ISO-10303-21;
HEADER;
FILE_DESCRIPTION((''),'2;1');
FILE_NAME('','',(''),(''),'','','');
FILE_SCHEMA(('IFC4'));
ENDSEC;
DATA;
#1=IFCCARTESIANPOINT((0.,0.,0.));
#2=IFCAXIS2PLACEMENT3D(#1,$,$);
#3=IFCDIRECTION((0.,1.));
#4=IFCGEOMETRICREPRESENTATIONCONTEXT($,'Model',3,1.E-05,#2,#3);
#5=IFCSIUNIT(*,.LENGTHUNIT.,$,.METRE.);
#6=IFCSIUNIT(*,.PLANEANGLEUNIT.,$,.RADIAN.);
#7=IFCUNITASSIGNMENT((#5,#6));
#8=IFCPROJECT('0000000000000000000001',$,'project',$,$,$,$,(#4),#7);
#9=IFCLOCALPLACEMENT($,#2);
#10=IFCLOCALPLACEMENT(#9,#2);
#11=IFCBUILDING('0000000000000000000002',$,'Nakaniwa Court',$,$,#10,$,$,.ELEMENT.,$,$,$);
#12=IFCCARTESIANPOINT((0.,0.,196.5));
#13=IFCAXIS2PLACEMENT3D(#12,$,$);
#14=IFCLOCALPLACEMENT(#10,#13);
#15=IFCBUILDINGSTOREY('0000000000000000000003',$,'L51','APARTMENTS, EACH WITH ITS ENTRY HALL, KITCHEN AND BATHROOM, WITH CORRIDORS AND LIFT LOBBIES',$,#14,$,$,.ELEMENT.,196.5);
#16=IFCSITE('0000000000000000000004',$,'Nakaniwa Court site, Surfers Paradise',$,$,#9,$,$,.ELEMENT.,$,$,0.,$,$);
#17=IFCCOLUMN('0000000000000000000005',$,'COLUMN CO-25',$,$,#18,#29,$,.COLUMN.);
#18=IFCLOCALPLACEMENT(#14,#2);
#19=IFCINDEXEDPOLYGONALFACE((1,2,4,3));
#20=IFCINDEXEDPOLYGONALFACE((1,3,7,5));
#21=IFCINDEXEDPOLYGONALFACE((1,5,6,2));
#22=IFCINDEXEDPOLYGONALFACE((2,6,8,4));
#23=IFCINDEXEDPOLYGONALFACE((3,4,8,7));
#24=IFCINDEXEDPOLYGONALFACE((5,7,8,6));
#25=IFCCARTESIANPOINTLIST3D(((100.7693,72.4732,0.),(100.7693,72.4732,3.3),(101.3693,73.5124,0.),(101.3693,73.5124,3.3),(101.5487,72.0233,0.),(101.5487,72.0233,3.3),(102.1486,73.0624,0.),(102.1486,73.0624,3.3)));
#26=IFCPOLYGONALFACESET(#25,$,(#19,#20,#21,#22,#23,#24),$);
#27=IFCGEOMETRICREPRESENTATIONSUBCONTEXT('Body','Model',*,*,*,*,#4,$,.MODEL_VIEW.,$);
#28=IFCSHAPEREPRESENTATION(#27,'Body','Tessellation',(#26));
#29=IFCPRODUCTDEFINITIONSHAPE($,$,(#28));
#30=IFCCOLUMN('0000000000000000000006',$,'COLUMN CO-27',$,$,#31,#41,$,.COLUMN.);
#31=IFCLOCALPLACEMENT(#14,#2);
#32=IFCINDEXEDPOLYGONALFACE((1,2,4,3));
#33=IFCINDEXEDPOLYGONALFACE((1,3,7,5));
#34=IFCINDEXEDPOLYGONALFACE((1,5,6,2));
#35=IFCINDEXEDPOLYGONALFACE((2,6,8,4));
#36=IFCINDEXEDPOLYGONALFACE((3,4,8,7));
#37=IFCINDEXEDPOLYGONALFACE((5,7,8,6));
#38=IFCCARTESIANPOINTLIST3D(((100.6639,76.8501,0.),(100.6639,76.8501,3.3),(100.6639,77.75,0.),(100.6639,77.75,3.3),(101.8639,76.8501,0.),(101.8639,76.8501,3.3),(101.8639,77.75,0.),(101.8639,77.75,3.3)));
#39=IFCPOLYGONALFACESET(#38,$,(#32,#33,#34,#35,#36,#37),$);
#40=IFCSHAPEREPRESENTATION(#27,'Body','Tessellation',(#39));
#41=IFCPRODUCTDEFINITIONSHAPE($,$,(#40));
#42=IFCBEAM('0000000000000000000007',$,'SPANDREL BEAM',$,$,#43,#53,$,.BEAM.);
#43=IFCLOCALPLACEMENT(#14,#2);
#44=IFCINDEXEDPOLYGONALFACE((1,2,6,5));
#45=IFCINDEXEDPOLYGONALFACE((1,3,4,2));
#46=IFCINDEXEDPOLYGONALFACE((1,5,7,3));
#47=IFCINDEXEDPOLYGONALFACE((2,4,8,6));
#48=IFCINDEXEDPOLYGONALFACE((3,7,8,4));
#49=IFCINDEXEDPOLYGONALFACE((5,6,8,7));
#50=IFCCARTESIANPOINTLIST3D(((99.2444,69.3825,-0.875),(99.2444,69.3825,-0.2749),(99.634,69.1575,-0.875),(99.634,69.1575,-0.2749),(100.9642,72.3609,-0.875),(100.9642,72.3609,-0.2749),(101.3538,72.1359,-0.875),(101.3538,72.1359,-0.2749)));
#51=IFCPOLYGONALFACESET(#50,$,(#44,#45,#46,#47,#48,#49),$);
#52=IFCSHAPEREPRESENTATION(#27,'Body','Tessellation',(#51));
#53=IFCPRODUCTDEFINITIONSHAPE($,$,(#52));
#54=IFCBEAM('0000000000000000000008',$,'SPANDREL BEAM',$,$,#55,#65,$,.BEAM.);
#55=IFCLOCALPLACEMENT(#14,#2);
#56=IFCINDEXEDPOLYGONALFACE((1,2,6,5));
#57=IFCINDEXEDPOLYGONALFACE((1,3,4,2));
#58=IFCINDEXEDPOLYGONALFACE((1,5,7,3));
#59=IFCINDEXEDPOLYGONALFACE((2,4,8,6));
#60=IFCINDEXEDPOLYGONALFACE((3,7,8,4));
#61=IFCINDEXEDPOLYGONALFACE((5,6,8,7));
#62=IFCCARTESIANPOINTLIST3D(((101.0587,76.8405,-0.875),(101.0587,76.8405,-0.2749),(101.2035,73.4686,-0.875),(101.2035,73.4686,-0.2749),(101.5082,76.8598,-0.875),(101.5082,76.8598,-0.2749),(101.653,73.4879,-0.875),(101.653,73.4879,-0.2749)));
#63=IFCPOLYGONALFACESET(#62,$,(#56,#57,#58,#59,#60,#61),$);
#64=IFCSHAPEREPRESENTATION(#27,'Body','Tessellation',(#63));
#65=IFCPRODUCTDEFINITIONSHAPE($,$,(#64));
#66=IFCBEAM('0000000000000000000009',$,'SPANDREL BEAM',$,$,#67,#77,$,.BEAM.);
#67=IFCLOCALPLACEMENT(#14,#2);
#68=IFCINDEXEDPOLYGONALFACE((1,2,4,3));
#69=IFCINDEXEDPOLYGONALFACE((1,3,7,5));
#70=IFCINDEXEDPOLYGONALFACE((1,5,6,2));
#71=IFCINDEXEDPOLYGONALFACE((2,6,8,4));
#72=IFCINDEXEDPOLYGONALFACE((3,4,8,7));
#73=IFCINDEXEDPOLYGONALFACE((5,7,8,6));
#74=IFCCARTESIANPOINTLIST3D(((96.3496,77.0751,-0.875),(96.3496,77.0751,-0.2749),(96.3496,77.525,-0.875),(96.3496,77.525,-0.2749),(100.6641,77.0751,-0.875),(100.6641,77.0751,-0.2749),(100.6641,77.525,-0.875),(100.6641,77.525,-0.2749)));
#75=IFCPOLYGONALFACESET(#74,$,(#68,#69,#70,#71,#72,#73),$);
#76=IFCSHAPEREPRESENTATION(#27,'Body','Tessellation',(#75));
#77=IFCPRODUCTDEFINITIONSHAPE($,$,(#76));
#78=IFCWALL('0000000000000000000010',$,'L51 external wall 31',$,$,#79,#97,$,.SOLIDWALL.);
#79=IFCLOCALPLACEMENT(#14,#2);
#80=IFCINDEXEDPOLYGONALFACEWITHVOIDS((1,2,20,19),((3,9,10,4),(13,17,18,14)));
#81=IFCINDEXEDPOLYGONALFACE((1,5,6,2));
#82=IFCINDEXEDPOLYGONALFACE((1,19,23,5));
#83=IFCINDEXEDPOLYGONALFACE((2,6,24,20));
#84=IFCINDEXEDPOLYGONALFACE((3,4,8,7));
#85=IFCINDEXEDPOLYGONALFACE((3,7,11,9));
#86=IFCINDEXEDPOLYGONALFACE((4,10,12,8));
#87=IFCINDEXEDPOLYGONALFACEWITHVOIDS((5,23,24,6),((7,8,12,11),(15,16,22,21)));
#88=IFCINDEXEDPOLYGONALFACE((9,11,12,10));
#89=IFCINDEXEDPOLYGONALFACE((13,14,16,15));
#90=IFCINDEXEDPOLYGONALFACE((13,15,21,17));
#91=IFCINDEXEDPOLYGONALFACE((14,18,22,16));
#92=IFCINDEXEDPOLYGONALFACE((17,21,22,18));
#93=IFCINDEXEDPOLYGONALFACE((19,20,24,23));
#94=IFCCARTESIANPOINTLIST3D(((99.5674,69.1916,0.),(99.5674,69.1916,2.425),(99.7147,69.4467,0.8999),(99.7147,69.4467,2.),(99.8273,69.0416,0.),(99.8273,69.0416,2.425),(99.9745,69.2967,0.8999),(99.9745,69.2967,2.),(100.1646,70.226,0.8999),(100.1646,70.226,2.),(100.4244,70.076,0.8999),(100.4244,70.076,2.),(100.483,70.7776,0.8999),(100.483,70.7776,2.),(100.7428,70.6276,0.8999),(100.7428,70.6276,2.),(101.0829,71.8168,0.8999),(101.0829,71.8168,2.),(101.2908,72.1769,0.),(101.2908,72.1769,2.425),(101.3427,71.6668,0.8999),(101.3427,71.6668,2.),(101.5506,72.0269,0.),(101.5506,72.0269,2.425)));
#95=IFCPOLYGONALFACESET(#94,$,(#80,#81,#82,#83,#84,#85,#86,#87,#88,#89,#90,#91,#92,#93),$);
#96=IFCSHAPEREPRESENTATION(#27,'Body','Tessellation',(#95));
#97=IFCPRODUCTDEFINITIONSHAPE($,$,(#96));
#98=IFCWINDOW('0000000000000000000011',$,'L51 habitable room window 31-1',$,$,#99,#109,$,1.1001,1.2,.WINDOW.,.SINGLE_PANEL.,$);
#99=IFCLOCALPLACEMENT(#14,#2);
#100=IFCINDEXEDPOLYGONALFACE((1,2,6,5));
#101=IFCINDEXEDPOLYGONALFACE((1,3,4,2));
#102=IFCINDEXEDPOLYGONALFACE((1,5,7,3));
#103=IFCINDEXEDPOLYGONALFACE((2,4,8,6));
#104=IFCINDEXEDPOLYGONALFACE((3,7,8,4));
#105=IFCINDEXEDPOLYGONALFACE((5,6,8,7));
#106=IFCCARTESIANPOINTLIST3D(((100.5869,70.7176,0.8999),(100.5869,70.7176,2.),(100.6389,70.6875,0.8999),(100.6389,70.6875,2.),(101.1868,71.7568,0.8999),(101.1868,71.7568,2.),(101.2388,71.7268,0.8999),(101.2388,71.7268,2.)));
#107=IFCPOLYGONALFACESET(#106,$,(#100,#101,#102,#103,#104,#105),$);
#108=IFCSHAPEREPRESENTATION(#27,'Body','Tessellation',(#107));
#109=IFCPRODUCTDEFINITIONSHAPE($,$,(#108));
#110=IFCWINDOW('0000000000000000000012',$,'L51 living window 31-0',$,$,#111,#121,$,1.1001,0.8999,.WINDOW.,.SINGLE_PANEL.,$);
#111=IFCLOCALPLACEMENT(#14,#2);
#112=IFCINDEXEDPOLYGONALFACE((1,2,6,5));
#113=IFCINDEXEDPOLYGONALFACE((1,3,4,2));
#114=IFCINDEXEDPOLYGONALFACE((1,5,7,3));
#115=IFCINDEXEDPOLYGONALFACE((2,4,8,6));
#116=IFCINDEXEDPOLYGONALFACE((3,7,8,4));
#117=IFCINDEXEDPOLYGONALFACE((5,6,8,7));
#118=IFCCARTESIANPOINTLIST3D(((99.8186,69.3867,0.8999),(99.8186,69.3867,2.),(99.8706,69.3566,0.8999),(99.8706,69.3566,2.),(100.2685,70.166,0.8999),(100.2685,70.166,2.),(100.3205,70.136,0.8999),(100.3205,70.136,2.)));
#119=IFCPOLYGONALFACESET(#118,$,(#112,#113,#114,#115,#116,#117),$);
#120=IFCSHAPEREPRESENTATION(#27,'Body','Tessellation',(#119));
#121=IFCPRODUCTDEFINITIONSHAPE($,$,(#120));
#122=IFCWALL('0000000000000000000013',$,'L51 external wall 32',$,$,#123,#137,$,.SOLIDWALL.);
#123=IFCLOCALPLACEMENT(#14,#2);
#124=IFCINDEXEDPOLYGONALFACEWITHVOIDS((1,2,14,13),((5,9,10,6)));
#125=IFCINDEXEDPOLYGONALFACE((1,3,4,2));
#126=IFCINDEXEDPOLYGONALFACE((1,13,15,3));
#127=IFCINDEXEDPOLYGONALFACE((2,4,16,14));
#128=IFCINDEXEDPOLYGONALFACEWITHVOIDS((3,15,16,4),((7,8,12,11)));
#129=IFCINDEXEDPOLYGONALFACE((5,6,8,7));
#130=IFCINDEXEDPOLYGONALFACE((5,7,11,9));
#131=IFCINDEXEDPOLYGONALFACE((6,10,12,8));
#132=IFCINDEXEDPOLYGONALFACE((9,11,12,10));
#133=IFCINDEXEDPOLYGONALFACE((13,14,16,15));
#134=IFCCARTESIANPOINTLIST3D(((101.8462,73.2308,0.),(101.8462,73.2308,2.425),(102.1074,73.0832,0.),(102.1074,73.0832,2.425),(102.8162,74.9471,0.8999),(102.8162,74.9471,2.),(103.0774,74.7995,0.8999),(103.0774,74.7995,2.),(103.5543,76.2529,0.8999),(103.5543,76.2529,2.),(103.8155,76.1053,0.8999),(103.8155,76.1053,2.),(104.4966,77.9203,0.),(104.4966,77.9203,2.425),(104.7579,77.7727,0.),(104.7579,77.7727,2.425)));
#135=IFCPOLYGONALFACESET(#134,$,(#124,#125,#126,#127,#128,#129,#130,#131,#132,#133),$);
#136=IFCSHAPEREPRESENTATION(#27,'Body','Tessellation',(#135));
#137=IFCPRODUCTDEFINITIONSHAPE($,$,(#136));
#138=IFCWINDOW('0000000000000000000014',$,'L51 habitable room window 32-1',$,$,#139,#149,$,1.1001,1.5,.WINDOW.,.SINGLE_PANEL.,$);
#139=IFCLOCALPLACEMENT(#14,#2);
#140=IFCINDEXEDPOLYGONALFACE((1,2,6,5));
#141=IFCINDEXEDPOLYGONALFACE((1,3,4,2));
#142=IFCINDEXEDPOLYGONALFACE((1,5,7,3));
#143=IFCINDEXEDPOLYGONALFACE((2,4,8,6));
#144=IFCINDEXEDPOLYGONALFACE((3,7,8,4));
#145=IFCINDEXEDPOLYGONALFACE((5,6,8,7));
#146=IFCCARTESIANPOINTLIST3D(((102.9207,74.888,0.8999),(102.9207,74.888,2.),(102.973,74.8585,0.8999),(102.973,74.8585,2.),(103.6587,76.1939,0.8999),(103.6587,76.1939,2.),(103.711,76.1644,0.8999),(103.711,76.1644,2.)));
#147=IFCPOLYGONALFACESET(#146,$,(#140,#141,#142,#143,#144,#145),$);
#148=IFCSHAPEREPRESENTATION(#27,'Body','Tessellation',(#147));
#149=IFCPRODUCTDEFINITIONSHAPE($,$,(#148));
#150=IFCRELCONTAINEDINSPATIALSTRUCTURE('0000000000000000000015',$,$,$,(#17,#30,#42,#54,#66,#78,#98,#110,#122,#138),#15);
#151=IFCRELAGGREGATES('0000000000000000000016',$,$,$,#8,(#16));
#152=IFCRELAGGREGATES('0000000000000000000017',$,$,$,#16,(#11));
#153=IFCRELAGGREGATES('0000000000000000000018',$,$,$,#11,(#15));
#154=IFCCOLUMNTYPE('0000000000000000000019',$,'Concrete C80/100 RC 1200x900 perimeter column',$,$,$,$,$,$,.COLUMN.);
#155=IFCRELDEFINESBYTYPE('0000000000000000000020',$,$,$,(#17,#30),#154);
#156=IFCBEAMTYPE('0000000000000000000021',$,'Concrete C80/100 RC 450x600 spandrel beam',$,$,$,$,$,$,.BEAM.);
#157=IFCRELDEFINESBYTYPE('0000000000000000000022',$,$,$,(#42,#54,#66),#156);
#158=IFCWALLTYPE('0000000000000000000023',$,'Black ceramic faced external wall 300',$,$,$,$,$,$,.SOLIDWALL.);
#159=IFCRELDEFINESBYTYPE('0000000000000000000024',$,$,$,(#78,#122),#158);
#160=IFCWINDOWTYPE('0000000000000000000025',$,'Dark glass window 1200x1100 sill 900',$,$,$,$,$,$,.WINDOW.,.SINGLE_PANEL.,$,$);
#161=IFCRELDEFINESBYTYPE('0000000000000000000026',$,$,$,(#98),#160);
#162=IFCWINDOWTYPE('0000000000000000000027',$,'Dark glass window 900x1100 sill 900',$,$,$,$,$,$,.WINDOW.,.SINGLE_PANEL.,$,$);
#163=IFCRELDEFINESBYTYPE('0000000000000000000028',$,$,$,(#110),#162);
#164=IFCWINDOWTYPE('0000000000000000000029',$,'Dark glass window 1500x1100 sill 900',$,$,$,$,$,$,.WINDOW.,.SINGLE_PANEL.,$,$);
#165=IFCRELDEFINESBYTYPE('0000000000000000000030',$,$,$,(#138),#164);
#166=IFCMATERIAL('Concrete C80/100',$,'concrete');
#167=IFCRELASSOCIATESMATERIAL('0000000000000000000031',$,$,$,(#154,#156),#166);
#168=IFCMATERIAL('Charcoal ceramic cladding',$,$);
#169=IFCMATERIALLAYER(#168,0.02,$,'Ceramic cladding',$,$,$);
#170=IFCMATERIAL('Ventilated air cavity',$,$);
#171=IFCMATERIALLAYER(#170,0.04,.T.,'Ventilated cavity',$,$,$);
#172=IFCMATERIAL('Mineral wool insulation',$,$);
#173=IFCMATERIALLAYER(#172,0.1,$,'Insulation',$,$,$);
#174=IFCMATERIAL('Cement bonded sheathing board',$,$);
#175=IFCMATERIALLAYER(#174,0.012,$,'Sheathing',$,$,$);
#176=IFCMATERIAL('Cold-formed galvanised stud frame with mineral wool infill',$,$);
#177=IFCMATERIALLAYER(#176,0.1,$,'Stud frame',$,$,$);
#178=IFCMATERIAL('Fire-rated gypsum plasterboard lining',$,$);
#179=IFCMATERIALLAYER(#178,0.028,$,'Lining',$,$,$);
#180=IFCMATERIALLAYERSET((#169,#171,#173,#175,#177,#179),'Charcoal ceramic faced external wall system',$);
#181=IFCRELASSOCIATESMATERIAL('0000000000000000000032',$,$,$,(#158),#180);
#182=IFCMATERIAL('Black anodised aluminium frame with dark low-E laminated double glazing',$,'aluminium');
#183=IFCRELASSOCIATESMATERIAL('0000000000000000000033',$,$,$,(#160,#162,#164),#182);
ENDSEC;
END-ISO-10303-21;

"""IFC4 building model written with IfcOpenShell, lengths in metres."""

from ifc_helpers import new_model, si_unit, direction, frame, frame_2d, origin, origin_2d, place, context, subcontext, project, spatial, rectangle, extrude, material, layer, layer_set, material_profile, profile_set, type_object, element, fill, save


model = new_model("IFC4")

# Units and contexts
model_context = context("Model", 3, precision=1e-05, world=origin(), true_north=direction((0.0, 1.0)))
body_context = subcontext(model_context, "Body", "Model", "MODEL_VIEW")
ifc_project = project(units=[si_unit("LENGTHUNIT", "METRE"), si_unit("PLANEANGLEUNIT", "RADIAN")], contexts=[model_context])

# Site, building, storey
site_placement = place(None, origin())
site = spatial("IfcSite", under=ifc_project, at=site_placement, Name="Nakaniwa Court site, Surfers Paradise", CompositionType="ELEMENT", RefElevation=0.0)
building_placement = place(site_placement, origin())
building = spatial("IfcBuilding", under=site, at=building_placement, Name="Nakaniwa Court", CompositionType="ELEMENT")
storey_placement = place(building_placement, frame((0.0, 0.0, 196.5)))
storey = spatial("IfcBuildingStorey", under=building, at=storey_placement, Name="L51", Description="APARTMENTS, EACH WITH ITS ENTRY HALL, KITCHEN AND BATHROOM, WITH CORRIDORS AND LIFT LOBBIES", CompositionType="ELEMENT", Elevation=196.5)

# Columns
ifc_material_1 = material(Name="Concrete C80/100", Category="concrete")
ifc_material_profile_1 = material_profile(ifc_material_1, rectangle(XDim=1.2, YDim=0.8999, at=origin_2d()), Name="Concrete C80/100 RC 1200x900 perimeter column")
ifc_profile_set_1 = profile_set([ifc_material_profile_1], Name="Concrete C80/100")
column_type = type_object("IfcColumnType", Name="Concrete C80/100 RC 1200x900 perimeter column", PredefinedType="COLUMN", material=ifc_profile_set_1)
for number, where, z_axis, x_axis, name in (
    (1, (101.459, 72.7678, 0.0), (0.0, 0.0, 1.0), (0.5, 0.866025, 0.0), "COLUMN CO-25"),
    (2, (101.2639, 77.3, 0.0), (0.0, 0.0, 1.0), (-1.0, 0.0, 0.0), "COLUMN CO-27"),
):
    element("IfcColumn", number, at=place(storey_placement, frame(where, z_axis=z_axis, x_axis=x_axis)), inside=storey, type_object=column_type, Name=name, PredefinedType="COLUMN", context=body_context, shape_type="SweptSolid", body=[
        extrude(rectangle(XDim=1.2, YDim=0.8999, at=origin_2d()), origin(), (0.0, 0.0, 1.0), 3.3),
    ])

# Beams
ifc_material_profile_2 = material_profile(ifc_material_1, rectangle(XDim=0.45, YDim=0.6001, at=origin_2d()), Name="Concrete C80/100 RC 450x600 spandrel beam")
ifc_profile_set_2 = profile_set([ifc_material_profile_2], Name="Concrete C80/100")
beam_type = type_object("IfcBeamType", Name="Concrete C80/100 RC 450x600 spandrel beam", PredefinedType="BEAM", material=ifc_profile_set_2)
beam_1_placement = place(storey_placement, frame((99.4392, 69.27, -0.575), z_axis=(0.500048, 0.865998, 0.0), x_axis=(-0.865998, 0.500048, 0.0)))
element("IfcBeam", 3, at=beam_1_placement, inside=storey, type_object=beam_type, Name="SPANDREL BEAM", PredefinedType="BEAM", context=body_context, shape_type="SweptSolid", body=[
    extrude(rectangle(XDim=0.45, YDim=0.6001, at=origin_2d()), origin(), (0.0, 0.0, 1.0), 3.4392),
])
beam_2_placement = place(storey_placement, frame((101.4282, 73.4783, -0.575), z_axis=(-0.042897, 0.999079, 0.0), x_axis=(-0.999079, -0.042897, 0.0)))
element("IfcBeam", 4, at=beam_2_placement, inside=storey, type_object=beam_type, Name="SPANDREL BEAM", PredefinedType="BEAM", context=body_context, shape_type="SweptSolid", body=[
    extrude(rectangle(XDim=0.45, YDim=0.6001, at=origin_2d()), origin(), (0.0, 0.0, 1.0), 3.375),
])
beam_3_placement = place(storey_placement, frame((100.6641, 77.3, -0.575), z_axis=(-1.0, 0.0, 0.0), x_axis=(0.0, -1.0, 0.0)))
element("IfcBeam", 5, at=beam_3_placement, inside=storey, type_object=beam_type, Name="SPANDREL BEAM", PredefinedType="BEAM", context=body_context, shape_type="SweptSolid", body=[
    extrude(rectangle(XDim=0.45, YDim=0.6001, at=origin_2d()), origin(), (0.0, 0.0, 1.0), 4.3145),
])

# Wall, openings, windows
ifc_material_2 = material(Name="Charcoal ceramic cladding")
ifc_layer_1 = layer(ifc_material_2, 0.02, Name="Ceramic cladding")
ifc_material_3 = material(Name="Ventilated air cavity")
ifc_layer_2 = layer(ifc_material_3, 0.04, ventilated=True, Name="Ventilated cavity")
ifc_material_4 = material(Name="Mineral wool insulation")
ifc_layer_3 = layer(ifc_material_4, 0.1, Name="Insulation")
ifc_material_5 = material(Name="Cement bonded sheathing board")
ifc_layer_4 = layer(ifc_material_5, 0.012, Name="Sheathing")
ifc_material_6 = material(Name="Cold-formed galvanised stud frame with mineral wool infill")
ifc_layer_5 = layer(ifc_material_6, 0.1, Name="Stud frame")
ifc_material_7 = material(Name="Fire-rated gypsum plasterboard lining")
ifc_layer_6 = layer(ifc_material_7, 0.028, Name="Lining")
ifc_layer_set = layer_set([ifc_layer_1, ifc_layer_2, ifc_layer_3, ifc_layer_4, ifc_layer_5, ifc_layer_6], Name="Charcoal ceramic faced external wall system")
wall_type = type_object("IfcWallType", Name="Black ceramic faced external wall 300", PredefinedType="SOLIDWALL", material=ifc_layer_set)
wall_1_placement = place(storey_placement, frame((99.6973, 69.1165, 0.0), z_axis=(0.0, 0.0, 1.0), x_axis=(0.499955, 0.866051, 0.0)))
wall_1 = element("IfcWall", 6, at=wall_1_placement, inside=storey, type_object=wall_type, Name="L51 external wall 31", PredefinedType="SOLIDWALL", context=body_context, shape_type="SweptSolid", body=[
    extrude(rectangle(XDim=3.447, YDim=0.3, at=frame_2d((1.7236, 0.0))), origin(), (0.0, 0.0, 1.0), 2.425),
])
opening_1_placement = place(wall_1_placement, frame((0.2947, 0.0, 0.8999)))
opening_1 = element("IfcOpeningElement", 7, at=opening_1_placement, cuts=wall_1, PredefinedType="OPENING", context=body_context, shape_type="SweptSolid", body=[
    extrude(rectangle(XDim=0.8999, YDim=1.1001, at=frame_2d((0.45, 0.55))), frame((0.0, 0.1599, 0.0), z_axis=(0.0, -1.0, 0.0), x_axis=(1.0, 0.0, 0.0)), (0.0, 0.0, 1.0), 0.3201),
])
opening_2_placement = place(wall_1_placement, frame((1.8313, 0.0, 0.8999)))
opening_2 = element("IfcOpeningElement", 8, at=opening_2_placement, cuts=wall_1, PredefinedType="OPENING", context=body_context, shape_type="SweptSolid", body=[
    extrude(rectangle(XDim=1.2, YDim=1.1001, at=frame_2d((0.6001, 0.55))), frame((0.0, 0.1599, 0.0), z_axis=(0.0, -1.0, 0.0), x_axis=(1.0, 0.0, 0.0)), (0.0, 0.0, 1.0), 0.3201),
])
ifc_material_8 = material(Name="Black anodised aluminium frame with dark low-E laminated double glazing", Category="aluminium")
window_type_1 = type_object("IfcWindowType", Name="Dark glass window 1200x1100 sill 900", PartitioningType="SINGLE_PANEL", PredefinedType="WINDOW", material=ifc_material_8)
window_1_placement = place(opening_2_placement, origin())
window_1 = element("IfcWindow", 9, at=window_1_placement, inside=storey, type_object=window_type_1, Name="L51 habitable room window 31-1", OverallHeight=1.1001, OverallWidth=1.2, PartitioningType="SINGLE_PANEL", PredefinedType="WINDOW", context=body_context, shape_type="SweptSolid", body=[
    extrude(rectangle(XDim=1.2, YDim=1.1001, at=frame_2d((0.6001, 0.55))), frame((0.0, 0.03, 0.0), z_axis=(0.0, -1.0, 0.0), x_axis=(1.0, 0.0, 0.0)), (0.0, 0.0, 1.0), 0.0601),
])
fill(opening_2, window_1)
window_type_2 = type_object("IfcWindowType", Name="Dark glass window 900x1100 sill 900", PartitioningType="SINGLE_PANEL", PredefinedType="WINDOW", material=ifc_material_8)
window_2_placement = place(opening_1_placement, origin())
window_2 = element("IfcWindow", 10, at=window_2_placement, inside=storey, type_object=window_type_2, Name="L51 living window 31-0", OverallHeight=1.1001, OverallWidth=0.8999, PartitioningType="SINGLE_PANEL", PredefinedType="WINDOW", context=body_context, shape_type="SweptSolid", body=[
    extrude(rectangle(XDim=0.8999, YDim=1.1001, at=frame_2d((0.45, 0.55))), frame((0.0, 0.03, 0.0), z_axis=(0.0, -1.0, 0.0), x_axis=(1.0, 0.0, 0.0)), (0.0, 0.0, 1.0), 0.0601),
])
fill(opening_1, window_2)

# Wall, opening, window
wall_2_placement = place(storey_placement, frame((101.9768, 73.157, 0.0), z_axis=(0.0, 0.0, 1.0), x_axis=(0.492033, 0.870576, 0.0)))
wall_2 = element("IfcWall", 11, at=wall_2_placement, inside=storey, type_object=wall_type, Name="L51 external wall 32", PredefinedType="SOLIDWALL", context=body_context, shape_type="SweptSolid", body=[
    extrude(rectangle(XDim=5.3867, YDim=0.3, at=frame_2d((2.6934, 0.0))), origin(), (0.0, 0.0, 1.0), 2.425),
])
opening_3_placement = place(wall_2_placement, frame((1.9714, 0.0, 0.8999)))
opening_3 = element("IfcOpeningElement", 12, at=opening_3_placement, cuts=wall_2, PredefinedType="OPENING", context=body_context, shape_type="SweptSolid", body=[
    extrude(rectangle(XDim=1.5, YDim=1.1001, at=frame_2d((0.75, 0.55))), frame((0.0, 0.1599, 0.0), z_axis=(0.0, -1.0, 0.0), x_axis=(1.0, 0.0, 0.0)), (0.0, 0.0, 1.0), 0.3201),
])
window_type_3 = type_object("IfcWindowType", Name="Dark glass window 1500x1100 sill 900", PartitioningType="SINGLE_PANEL", PredefinedType="WINDOW", material=ifc_material_8)
window_3_placement = place(opening_3_placement, origin())
window_3 = element("IfcWindow", 13, at=window_3_placement, inside=storey, type_object=window_type_3, Name="L51 habitable room window 32-1", OverallHeight=1.1001, OverallWidth=1.5, PartitioningType="SINGLE_PANEL", PredefinedType="WINDOW", context=body_context, shape_type="SweptSolid", body=[
    extrude(rectangle(XDim=1.5, YDim=1.1001, at=frame_2d((0.75, 0.55))), frame((0.0, 0.03, 0.0), z_axis=(0.0, -1.0, 0.0), x_axis=(1.0, 0.0, 0.0)), (0.0, 0.0, 1.0), 0.0601),
])
fill(opening_3, window_3)

save(model, "model.ifc")
